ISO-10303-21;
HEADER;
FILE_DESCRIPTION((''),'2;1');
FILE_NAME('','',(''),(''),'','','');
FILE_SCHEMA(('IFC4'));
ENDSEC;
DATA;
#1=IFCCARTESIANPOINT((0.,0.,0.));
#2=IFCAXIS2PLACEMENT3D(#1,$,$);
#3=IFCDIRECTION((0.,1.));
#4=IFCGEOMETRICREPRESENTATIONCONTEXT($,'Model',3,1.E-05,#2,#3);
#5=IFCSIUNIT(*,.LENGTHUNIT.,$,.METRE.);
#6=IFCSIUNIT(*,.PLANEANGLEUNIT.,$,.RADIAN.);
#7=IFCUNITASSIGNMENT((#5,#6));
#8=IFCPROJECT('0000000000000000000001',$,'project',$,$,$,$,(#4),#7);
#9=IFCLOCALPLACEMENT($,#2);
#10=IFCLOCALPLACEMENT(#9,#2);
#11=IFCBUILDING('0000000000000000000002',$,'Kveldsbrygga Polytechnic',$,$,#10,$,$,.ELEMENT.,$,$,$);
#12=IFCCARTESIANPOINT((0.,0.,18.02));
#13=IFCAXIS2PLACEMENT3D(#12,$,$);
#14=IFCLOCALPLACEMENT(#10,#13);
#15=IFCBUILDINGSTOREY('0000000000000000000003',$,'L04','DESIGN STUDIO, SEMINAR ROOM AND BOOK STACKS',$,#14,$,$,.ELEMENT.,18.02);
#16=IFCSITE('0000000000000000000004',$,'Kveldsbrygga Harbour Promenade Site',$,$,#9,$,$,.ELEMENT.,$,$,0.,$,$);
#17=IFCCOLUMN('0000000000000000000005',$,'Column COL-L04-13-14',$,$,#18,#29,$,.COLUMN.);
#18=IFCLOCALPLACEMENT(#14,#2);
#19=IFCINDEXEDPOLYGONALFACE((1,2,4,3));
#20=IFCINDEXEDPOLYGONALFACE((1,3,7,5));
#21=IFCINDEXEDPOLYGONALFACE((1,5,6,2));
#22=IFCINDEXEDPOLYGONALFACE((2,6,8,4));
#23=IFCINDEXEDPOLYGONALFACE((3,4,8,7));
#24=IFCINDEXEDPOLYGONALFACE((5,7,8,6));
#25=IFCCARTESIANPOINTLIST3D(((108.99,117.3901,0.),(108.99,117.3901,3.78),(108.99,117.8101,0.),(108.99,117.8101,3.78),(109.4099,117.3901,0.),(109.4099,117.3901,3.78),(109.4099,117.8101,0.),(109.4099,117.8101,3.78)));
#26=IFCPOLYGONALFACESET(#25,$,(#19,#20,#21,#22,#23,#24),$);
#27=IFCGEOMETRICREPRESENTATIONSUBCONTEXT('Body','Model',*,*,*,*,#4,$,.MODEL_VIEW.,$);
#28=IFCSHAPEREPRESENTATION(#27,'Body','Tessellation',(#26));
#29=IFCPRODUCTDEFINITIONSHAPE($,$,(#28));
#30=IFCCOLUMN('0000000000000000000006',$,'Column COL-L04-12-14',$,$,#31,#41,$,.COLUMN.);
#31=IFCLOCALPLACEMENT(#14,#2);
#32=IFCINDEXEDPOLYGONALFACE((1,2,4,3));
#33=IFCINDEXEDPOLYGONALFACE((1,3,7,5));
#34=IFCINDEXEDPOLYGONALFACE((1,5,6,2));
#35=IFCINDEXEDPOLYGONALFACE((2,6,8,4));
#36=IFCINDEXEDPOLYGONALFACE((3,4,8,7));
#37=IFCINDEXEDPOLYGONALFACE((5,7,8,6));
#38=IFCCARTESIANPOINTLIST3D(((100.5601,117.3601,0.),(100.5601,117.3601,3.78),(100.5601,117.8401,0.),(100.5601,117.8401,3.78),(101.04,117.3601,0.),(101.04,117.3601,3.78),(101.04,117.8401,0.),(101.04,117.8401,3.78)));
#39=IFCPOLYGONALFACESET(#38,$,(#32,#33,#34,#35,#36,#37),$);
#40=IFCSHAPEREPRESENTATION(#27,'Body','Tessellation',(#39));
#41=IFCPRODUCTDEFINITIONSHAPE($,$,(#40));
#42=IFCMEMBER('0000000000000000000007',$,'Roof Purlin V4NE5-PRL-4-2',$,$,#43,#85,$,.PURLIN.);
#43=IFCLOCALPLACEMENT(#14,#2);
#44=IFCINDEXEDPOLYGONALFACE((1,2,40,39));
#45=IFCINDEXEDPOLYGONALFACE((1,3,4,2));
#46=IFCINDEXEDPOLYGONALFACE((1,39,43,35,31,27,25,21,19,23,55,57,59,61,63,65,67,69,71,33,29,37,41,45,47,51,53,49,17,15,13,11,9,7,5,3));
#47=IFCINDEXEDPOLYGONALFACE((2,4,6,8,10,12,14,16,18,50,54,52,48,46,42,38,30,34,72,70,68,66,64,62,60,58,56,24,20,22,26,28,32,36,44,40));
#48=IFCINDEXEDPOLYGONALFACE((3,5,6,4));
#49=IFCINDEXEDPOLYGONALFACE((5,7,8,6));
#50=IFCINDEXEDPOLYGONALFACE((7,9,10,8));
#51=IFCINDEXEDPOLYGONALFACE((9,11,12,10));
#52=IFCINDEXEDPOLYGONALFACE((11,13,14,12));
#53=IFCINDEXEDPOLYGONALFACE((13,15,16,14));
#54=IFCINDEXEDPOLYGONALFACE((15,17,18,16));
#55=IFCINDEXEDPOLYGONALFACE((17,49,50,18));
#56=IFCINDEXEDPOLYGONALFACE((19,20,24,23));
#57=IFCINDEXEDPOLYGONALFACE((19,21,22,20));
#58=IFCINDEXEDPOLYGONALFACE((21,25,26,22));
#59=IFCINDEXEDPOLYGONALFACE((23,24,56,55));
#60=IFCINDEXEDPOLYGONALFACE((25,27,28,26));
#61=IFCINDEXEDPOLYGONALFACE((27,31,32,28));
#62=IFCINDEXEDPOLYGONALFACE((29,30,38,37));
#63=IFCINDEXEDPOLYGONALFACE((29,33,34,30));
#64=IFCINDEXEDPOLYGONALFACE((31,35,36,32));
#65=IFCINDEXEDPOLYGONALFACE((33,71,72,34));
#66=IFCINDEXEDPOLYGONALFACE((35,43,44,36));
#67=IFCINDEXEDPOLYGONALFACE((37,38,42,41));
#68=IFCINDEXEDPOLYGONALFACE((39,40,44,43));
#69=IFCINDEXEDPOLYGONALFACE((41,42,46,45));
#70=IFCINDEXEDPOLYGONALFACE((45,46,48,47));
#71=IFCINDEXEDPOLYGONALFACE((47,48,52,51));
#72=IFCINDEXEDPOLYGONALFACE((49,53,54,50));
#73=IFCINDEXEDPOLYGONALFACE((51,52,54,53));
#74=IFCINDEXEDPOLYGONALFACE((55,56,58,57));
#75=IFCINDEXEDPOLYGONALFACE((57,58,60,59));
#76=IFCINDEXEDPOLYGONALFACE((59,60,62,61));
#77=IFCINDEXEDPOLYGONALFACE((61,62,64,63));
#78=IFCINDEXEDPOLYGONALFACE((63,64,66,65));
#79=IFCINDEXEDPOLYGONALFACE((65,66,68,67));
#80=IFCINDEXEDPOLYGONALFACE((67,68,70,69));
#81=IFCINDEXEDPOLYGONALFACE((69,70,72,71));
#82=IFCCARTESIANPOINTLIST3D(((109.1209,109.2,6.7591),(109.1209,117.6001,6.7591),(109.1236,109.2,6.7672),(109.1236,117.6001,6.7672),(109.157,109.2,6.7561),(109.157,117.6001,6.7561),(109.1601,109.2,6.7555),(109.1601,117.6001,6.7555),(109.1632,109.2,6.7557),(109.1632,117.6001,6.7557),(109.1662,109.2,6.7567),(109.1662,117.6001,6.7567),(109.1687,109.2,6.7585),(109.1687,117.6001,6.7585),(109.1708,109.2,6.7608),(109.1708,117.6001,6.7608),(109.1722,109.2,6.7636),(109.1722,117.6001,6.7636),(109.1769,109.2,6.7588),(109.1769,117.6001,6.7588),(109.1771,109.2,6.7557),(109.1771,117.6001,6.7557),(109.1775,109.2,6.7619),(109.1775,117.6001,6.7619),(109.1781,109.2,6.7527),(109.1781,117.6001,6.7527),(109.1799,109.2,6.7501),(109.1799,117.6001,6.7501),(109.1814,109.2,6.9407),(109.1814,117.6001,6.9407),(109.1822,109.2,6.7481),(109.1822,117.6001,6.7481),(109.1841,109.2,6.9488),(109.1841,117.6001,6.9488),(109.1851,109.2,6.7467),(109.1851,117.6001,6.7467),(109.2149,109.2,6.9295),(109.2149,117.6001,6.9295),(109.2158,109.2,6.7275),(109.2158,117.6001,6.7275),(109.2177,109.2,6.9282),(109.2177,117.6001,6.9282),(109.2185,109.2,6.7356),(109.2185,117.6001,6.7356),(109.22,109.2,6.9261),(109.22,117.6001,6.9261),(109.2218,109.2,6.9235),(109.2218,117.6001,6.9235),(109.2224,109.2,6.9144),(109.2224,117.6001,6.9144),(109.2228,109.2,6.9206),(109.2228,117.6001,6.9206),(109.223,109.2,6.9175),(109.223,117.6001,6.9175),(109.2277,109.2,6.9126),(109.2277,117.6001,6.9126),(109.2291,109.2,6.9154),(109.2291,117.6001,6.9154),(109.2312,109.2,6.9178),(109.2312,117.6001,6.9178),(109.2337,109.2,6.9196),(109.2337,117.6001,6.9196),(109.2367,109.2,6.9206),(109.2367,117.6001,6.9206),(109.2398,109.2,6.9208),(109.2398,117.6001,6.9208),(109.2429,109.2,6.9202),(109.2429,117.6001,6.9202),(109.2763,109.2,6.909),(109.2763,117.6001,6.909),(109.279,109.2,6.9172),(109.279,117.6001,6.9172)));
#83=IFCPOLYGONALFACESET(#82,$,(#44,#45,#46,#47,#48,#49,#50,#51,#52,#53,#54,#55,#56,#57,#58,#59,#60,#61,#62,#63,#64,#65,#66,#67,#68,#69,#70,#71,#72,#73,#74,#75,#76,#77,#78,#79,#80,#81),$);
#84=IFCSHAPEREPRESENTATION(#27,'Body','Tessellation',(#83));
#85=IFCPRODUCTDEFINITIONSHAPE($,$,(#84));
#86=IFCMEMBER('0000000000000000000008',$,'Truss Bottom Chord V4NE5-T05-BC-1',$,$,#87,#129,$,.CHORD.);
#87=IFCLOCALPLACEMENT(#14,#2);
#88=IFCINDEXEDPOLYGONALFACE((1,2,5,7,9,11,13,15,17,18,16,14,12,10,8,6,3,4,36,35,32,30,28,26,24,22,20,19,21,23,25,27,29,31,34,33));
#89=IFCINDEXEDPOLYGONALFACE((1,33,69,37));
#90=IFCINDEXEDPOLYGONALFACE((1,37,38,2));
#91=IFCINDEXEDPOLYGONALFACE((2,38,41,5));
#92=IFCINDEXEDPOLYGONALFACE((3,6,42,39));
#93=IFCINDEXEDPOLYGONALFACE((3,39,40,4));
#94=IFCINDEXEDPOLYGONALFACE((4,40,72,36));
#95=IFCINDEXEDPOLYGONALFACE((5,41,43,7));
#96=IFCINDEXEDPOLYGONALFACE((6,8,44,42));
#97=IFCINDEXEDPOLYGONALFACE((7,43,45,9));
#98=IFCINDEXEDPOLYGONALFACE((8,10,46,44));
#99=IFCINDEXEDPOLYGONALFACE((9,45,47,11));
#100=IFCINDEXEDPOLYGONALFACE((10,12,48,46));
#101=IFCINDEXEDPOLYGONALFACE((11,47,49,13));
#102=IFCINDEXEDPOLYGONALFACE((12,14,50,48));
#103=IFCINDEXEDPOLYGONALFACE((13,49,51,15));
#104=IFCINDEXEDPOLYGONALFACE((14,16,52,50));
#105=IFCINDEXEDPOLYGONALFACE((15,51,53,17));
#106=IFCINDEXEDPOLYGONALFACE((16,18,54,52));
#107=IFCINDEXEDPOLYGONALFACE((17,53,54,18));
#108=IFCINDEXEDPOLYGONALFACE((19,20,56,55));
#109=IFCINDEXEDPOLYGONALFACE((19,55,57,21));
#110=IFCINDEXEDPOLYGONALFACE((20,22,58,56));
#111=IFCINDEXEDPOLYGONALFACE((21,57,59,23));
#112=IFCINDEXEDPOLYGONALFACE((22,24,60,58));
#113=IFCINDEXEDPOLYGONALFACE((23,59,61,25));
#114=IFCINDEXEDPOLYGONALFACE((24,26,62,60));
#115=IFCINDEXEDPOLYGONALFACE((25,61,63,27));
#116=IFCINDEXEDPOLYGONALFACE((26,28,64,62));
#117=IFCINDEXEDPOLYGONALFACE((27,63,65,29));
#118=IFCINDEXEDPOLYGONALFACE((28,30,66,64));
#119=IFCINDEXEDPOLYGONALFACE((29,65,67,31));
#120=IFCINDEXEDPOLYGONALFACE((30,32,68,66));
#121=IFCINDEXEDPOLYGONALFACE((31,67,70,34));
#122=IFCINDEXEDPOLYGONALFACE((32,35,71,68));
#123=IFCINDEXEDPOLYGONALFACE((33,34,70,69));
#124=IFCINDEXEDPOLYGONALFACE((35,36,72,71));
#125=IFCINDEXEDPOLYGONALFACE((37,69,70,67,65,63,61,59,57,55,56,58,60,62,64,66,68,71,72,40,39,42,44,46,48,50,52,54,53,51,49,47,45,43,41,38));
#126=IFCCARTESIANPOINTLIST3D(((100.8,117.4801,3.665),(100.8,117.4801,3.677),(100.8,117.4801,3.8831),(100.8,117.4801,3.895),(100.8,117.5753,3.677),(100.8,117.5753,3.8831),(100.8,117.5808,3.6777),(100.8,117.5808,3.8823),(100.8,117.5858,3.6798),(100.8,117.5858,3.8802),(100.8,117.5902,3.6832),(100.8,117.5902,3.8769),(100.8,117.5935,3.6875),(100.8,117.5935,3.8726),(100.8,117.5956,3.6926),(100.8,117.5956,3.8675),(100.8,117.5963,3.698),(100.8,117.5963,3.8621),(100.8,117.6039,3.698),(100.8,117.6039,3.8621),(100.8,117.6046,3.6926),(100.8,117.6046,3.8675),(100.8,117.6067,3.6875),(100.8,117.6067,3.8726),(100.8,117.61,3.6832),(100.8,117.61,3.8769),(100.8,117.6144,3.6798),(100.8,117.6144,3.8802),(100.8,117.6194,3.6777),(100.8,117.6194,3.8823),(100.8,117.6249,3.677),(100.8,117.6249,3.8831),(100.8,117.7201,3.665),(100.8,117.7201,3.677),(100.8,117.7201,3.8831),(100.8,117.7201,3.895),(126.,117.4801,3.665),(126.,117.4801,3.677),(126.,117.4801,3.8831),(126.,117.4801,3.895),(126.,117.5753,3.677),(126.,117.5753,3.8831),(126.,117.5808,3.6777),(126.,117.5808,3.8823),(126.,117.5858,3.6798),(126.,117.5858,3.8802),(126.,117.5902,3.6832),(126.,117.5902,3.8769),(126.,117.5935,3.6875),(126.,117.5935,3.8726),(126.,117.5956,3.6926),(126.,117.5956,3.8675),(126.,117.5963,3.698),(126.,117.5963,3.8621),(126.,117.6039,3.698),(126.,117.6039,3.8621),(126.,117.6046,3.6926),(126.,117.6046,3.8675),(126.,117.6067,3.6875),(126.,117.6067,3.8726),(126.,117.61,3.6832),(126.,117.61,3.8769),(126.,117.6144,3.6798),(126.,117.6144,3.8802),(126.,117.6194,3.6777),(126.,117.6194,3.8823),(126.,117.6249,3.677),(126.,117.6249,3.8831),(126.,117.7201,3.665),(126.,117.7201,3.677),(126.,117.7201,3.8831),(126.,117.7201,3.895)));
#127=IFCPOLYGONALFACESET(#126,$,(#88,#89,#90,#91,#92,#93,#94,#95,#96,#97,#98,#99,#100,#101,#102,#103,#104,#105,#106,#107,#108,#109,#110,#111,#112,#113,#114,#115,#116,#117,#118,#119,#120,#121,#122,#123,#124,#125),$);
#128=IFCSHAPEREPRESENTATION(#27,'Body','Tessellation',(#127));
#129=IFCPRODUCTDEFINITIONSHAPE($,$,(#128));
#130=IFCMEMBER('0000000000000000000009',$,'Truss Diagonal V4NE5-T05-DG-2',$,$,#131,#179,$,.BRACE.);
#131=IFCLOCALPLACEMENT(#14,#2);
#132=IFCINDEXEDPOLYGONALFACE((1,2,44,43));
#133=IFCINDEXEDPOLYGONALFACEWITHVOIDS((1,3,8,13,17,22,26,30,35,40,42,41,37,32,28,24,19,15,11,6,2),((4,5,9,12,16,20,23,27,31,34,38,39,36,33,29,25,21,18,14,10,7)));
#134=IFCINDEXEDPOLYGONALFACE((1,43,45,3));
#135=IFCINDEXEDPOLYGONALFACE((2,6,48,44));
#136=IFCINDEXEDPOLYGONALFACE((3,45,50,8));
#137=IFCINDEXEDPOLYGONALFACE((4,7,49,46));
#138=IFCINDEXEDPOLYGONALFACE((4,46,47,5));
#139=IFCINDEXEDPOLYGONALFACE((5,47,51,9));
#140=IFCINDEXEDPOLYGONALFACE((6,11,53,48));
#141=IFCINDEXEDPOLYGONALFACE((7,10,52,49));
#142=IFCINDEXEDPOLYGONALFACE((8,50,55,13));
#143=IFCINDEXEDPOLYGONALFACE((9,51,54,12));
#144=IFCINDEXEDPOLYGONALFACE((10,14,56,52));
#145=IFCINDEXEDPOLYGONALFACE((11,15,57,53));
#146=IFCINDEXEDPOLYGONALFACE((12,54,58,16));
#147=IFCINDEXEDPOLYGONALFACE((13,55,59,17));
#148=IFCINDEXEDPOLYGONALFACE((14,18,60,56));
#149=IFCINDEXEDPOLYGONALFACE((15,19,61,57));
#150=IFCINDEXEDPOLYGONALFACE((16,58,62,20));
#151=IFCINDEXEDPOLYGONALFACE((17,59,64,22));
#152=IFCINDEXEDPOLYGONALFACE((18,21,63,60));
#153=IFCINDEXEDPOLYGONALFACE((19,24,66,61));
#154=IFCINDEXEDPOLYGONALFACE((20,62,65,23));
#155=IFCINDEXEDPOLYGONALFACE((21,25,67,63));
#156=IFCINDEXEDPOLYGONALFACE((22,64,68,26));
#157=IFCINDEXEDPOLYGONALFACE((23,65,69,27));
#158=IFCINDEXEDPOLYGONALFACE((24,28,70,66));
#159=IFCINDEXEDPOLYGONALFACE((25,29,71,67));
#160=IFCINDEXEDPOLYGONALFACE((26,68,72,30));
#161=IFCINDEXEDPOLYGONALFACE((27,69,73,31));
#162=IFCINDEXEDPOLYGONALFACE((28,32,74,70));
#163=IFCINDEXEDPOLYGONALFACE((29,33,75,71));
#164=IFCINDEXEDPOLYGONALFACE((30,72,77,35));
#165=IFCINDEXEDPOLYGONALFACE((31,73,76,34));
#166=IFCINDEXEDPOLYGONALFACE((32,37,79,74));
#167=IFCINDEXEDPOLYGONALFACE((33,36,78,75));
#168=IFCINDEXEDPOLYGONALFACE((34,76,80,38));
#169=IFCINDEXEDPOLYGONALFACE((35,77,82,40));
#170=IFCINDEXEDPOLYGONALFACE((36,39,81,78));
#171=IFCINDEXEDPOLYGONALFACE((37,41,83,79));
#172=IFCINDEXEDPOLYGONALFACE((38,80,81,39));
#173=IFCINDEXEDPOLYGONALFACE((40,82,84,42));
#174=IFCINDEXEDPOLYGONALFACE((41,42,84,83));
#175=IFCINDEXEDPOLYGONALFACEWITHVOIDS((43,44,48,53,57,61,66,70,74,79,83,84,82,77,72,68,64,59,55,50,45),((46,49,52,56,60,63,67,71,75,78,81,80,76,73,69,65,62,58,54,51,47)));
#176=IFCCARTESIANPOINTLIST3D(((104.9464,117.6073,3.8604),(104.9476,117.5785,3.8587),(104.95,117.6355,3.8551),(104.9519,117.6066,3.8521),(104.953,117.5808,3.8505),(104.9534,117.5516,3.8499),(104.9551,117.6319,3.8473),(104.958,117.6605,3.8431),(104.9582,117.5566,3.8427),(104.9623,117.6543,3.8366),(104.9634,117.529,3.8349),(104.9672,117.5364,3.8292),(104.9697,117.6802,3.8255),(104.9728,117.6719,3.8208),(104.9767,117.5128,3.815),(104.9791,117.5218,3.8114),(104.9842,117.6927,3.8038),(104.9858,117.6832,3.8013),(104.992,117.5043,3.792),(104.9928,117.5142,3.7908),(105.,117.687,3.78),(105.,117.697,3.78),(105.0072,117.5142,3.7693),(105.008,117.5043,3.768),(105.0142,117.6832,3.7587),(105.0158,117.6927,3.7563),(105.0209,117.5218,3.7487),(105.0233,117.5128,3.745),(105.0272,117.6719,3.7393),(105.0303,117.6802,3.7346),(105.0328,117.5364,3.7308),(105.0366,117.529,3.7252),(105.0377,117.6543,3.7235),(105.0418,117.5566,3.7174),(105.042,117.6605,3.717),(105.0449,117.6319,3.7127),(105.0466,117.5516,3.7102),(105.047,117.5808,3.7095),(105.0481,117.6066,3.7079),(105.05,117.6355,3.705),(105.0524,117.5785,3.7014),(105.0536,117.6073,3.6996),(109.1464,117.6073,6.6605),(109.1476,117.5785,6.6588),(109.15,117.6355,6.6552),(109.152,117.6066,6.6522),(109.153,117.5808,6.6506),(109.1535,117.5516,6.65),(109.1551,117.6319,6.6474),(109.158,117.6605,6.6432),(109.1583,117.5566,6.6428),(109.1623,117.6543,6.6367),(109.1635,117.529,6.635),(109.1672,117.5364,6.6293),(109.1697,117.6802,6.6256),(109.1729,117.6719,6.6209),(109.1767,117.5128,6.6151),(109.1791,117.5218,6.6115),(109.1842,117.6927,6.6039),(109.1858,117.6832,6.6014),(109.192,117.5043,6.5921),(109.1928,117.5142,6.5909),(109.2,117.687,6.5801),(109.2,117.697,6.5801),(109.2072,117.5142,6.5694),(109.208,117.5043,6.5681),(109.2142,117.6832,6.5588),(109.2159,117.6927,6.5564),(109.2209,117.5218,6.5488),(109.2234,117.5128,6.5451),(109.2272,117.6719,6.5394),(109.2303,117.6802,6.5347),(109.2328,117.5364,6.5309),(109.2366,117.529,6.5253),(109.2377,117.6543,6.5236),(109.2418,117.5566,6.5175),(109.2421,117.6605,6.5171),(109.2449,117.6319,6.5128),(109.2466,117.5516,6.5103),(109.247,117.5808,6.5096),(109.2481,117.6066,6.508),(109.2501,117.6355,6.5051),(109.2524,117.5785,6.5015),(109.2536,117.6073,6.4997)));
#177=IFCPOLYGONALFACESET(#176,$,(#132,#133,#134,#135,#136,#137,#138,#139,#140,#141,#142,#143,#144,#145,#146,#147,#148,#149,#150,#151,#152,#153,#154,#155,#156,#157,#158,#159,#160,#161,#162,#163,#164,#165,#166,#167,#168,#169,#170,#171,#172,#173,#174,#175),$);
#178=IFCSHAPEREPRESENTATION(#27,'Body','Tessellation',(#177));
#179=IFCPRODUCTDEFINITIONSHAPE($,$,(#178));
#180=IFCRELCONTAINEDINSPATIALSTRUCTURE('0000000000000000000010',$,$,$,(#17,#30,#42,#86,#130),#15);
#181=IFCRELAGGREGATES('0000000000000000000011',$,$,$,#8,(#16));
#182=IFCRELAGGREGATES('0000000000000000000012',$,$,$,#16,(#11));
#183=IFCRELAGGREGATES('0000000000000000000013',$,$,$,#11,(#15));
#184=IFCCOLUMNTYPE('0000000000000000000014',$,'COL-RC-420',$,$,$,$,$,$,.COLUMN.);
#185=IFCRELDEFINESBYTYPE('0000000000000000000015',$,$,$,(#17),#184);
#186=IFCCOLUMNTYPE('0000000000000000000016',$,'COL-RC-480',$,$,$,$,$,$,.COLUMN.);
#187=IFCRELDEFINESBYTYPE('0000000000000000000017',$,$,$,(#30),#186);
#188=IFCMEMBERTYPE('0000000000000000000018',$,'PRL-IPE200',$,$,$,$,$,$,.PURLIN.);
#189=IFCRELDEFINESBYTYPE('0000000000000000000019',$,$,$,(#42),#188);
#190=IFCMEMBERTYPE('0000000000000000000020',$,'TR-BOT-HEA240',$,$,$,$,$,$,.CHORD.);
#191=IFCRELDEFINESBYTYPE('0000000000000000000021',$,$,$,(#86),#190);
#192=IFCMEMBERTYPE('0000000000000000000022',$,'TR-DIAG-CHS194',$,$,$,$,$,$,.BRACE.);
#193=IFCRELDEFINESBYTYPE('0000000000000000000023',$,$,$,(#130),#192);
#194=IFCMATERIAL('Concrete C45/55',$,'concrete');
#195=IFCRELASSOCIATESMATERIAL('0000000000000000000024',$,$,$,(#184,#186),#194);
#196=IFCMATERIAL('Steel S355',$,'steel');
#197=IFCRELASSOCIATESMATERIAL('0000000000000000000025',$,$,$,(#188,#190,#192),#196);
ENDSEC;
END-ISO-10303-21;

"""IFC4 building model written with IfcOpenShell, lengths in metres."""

from ifc_helpers import new_model, si_unit, direction, frame, origin, origin_2d, place, context, subcontext, project, spatial, rectangle, hollow_circle, i_section, extrude, material, material_profile, profile_set, type_object, element, save


model = new_model("IFC4")

# Units and contexts
model_context = context("Model", 3, precision=1e-05, world=origin(), true_north=direction((0.0, 1.0)))
body_context = subcontext(model_context, "Body", "Model", "MODEL_VIEW")
ifc_project = project(units=[si_unit("LENGTHUNIT", "METRE"), si_unit("PLANEANGLEUNIT", "RADIAN")], contexts=[model_context])

# Site, building, storey
site_placement = place(None, origin())
site = spatial("IfcSite", under=ifc_project, at=site_placement, Name="Kveldsbrygga Harbour Promenade Site", CompositionType="ELEMENT", RefElevation=0.0)
building_placement = place(site_placement, origin())
building = spatial("IfcBuilding", under=site, at=building_placement, Name="Kveldsbrygga Polytechnic", CompositionType="ELEMENT")
storey_placement = place(building_placement, frame((0.0, 0.0, 18.02)))
storey = spatial("IfcBuildingStorey", under=building, at=storey_placement, Name="L04", Description="DESIGN STUDIO, SEMINAR ROOM AND BOOK STACKS", CompositionType="ELEMENT", Elevation=18.02)

# Columns
ifc_material_1 = material(Name="Concrete C45/55", Category="concrete")
ifc_material_profile_1 = material_profile(ifc_material_1, rectangle(XDim=0.4199, YDim=0.4199, at=origin_2d()), Name="RC 420x420")
ifc_profile_set_1 = profile_set([ifc_material_profile_1], Name="Concrete C45/55")
column_type_1 = type_object("IfcColumnType", Name="COL-RC-420", PredefinedType="COLUMN", material=ifc_profile_set_1)
column_1_placement = place(storey_placement, frame((109.2, 117.6001, 0.0), z_axis=(0.0, 0.0, 1.0), x_axis=(1.0, 0.0, 0.0)))
element("IfcColumn", 1, at=column_1_placement, inside=storey, type_object=column_type_1, Name="Column COL-L04-13-14", PredefinedType="COLUMN", context=body_context, shape_type="SweptSolid", body=[
    extrude(rectangle(XDim=0.4199, YDim=0.4199, at=origin_2d()), origin(), (0.0, 0.0, 1.0), 3.78),
])
ifc_material_profile_2 = material_profile(ifc_material_1, rectangle(XDim=0.48, YDim=0.48, at=origin_2d()), Name="RC 480x480")
ifc_profile_set_2 = profile_set([ifc_material_profile_2], Name="Concrete C45/55")
column_type_2 = type_object("IfcColumnType", Name="COL-RC-480", PredefinedType="COLUMN", material=ifc_profile_set_2)
column_2_placement = place(storey_placement, frame((100.8, 117.6001, 0.0), z_axis=(0.0, 0.0, 1.0), x_axis=(1.0, 0.0, 0.0)))
element("IfcColumn", 2, at=column_2_placement, inside=storey, type_object=column_type_2, Name="Column COL-L04-12-14", PredefinedType="COLUMN", context=body_context, shape_type="SweptSolid", body=[
    extrude(rectangle(XDim=0.48, YDim=0.48, at=origin_2d()), origin(), (0.0, 0.0, 1.0), 3.78),
])

# Members
ifc_material_2 = material(Name="Steel S355", Category="steel")
ifc_material_profile_3 = material_profile(ifc_material_2, i_section(OverallWidth=0.1001, OverallDepth=0.2, WebThickness=0.0056, FlangeThickness=0.0085, FilletRadius=0.012, at=origin_2d()), Name="IPE 200")
ifc_profile_set_3 = profile_set([ifc_material_profile_3], Name="Steel S355")
member_type_1 = type_object("IfcMemberType", Name="PRL-IPE200", PredefinedType="PURLIN", material=ifc_profile_set_3)
member_1_placement = place(storey_placement, frame((109.2, 109.2, 6.8381), z_axis=(0.0, 1.0, 0.0), x_axis=(-0.948684, 0.0, 0.316227)))
element("IfcMember", 3, at=member_1_placement, inside=storey, type_object=member_type_1, Name="Roof Purlin V4NE5-PRL-4-2", PredefinedType="PURLIN", context=body_context, shape_type="SweptSolid", body=[
    extrude(i_section(OverallWidth=0.1001, OverallDepth=0.2, WebThickness=0.0056, FlangeThickness=0.0085, FilletRadius=0.012, at=origin_2d()), origin(), (0.0, 0.0, 1.0), 8.4001),
])
ifc_material_profile_4 = material_profile(ifc_material_2, i_section(OverallWidth=0.24, OverallDepth=0.23, WebThickness=0.0076, FlangeThickness=0.012, FilletRadius=0.021, at=origin_2d()), Name="HEA 240")
ifc_profile_set_4 = profile_set([ifc_material_profile_4], Name="Steel S355")
member_type_2 = type_object("IfcMemberType", Name="TR-BOT-HEA240", PredefinedType="CHORD", material=ifc_profile_set_4)
member_2_placement = place(storey_placement, frame((100.8, 117.6001, 3.78), z_axis=(1.0, 0.0, 0.0), x_axis=(0.0, 1.0, 0.0)))
element("IfcMember", 4, at=member_2_placement, inside=storey, type_object=member_type_2, Name="Truss Bottom Chord V4NE5-T05-BC-1", PredefinedType="CHORD", context=body_context, shape_type="SweptSolid", body=[
    extrude(i_section(OverallWidth=0.24, OverallDepth=0.23, WebThickness=0.0076, FlangeThickness=0.012, FilletRadius=0.021, at=origin_2d()), origin(), (0.0, 0.0, 1.0), 25.2),
])
ifc_material_profile_5 = material_profile(ifc_material_2, hollow_circle(Radius=0.0969, WallThickness=0.01, at=origin_2d()), Name="CHS 193.7x10.0")
ifc_profile_set_5 = profile_set([ifc_material_profile_5], Name="Steel S355")
member_type_3 = type_object("IfcMemberType", Name="TR-DIAG-CHS194", PredefinedType="BRACE", material=ifc_profile_set_5)
member_3_placement = place(storey_placement, frame((105.0, 117.6001, 3.78), z_axis=(0.832043, 0.0, 0.554711), x_axis=(0.0, 1.0, 0.0)))
element("IfcMember", 5, at=member_3_placement, inside=storey, type_object=member_type_3, Name="Truss Diagonal V4NE5-T05-DG-2", PredefinedType="BRACE", context=body_context, shape_type="SweptSolid", body=[
    extrude(hollow_circle(Radius=0.0969, WallThickness=0.01, at=origin_2d()), origin(), (0.0, 0.0, 1.0), 5.0479),
])

save(model, "model.ifc")
